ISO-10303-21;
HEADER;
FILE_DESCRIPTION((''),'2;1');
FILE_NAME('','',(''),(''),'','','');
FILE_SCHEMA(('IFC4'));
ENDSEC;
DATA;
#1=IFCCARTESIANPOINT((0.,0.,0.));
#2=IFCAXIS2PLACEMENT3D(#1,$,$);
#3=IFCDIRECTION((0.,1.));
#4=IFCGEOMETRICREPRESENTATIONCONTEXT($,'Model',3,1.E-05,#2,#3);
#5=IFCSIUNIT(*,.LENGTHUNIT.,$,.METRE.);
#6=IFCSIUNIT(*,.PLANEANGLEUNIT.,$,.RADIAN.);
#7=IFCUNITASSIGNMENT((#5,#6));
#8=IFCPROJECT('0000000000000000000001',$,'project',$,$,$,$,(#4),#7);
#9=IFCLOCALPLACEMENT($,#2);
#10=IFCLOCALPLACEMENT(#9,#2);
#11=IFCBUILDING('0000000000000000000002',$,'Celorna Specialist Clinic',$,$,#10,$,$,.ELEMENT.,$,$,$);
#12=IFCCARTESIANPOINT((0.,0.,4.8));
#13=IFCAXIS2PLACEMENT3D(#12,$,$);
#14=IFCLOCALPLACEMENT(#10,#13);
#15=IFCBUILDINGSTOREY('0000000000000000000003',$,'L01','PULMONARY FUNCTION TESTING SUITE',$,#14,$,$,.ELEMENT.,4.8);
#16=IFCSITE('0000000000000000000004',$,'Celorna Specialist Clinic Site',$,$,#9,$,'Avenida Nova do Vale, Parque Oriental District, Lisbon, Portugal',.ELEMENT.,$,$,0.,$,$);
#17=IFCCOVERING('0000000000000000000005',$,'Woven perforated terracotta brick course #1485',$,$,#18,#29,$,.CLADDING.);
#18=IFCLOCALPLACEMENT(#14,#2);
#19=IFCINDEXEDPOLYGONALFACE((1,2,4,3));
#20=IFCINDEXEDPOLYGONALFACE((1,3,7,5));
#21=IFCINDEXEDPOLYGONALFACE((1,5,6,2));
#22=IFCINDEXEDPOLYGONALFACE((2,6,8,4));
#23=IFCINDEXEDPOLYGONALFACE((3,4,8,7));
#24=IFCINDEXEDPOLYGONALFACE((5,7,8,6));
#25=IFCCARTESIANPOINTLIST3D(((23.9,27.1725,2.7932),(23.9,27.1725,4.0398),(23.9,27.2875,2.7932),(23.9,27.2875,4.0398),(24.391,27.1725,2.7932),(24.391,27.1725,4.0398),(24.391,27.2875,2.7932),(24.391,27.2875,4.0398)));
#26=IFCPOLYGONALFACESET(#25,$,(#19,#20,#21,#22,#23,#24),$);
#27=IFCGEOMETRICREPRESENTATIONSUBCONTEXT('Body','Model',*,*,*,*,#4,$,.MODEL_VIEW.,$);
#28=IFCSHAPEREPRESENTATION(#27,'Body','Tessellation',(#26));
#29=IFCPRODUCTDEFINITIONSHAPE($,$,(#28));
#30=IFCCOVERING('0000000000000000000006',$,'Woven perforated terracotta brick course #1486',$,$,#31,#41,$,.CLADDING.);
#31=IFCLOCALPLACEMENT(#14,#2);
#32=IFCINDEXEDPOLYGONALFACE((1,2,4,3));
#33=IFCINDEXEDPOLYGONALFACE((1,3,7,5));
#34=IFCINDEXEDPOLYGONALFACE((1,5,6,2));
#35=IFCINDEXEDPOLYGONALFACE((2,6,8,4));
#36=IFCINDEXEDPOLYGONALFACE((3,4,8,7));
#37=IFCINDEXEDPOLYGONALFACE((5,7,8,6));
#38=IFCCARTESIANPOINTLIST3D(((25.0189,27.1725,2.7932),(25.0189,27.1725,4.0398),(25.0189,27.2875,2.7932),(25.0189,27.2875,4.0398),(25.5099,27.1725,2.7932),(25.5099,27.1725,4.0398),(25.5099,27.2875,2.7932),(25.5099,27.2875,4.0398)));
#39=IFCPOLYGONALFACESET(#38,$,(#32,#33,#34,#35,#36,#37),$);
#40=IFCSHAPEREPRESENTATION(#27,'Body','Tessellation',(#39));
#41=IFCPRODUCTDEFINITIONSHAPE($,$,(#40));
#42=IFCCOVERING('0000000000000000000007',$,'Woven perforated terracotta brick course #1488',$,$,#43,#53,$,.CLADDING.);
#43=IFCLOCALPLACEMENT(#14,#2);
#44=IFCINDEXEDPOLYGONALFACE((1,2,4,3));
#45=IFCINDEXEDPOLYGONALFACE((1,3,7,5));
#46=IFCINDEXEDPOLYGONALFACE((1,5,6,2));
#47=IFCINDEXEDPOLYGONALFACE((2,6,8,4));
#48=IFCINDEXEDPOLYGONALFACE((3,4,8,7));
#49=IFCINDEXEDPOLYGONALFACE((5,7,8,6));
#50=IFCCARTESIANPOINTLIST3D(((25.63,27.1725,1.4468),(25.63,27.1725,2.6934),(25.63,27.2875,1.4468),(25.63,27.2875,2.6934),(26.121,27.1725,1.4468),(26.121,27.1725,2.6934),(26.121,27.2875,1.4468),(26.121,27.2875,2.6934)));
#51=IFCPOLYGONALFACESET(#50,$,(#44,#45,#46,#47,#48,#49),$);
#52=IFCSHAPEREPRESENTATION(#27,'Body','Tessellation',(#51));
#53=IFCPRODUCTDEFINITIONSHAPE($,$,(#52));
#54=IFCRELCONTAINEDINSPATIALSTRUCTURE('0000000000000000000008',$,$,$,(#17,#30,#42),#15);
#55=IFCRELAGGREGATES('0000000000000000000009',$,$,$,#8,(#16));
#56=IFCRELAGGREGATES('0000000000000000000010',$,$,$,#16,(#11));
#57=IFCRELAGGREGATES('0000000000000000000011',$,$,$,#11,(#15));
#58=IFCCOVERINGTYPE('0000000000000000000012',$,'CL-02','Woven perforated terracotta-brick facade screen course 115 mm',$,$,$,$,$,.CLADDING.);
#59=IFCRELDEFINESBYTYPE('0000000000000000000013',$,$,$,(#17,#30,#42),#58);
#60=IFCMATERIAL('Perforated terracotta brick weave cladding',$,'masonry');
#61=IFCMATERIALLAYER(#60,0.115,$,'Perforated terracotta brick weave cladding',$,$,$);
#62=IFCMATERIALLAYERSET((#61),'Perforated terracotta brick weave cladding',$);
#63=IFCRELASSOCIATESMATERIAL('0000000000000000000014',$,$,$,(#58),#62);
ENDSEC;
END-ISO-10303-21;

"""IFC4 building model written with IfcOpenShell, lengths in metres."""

from ifc_helpers import new_model, si_unit, direction, frame, origin, origin_2d, place, context, subcontext, project, spatial, rectangle, extrude, material, layer, layer_set, type_object, element, save


model = new_model("IFC4")

# Units and contexts
model_context = context("Model", 3, precision=1e-05, world=origin(), true_north=direction((0.0, 1.0)))
body_context = subcontext(model_context, "Body", "Model", "MODEL_VIEW")
ifc_project = project(units=[si_unit("LENGTHUNIT", "METRE"), si_unit("PLANEANGLEUNIT", "RADIAN")], contexts=[model_context])

# Site, building, storey
site_placement = place(None, origin())
site = spatial("IfcSite", under=ifc_project, at=site_placement, Name="Celorna Specialist Clinic Site", LongName="Avenida Nova do Vale, Parque Oriental District, Lisbon, Portugal", CompositionType="ELEMENT", RefElevation=0.0)
building_placement = place(site_placement, origin())
building = spatial("IfcBuilding", under=site, at=building_placement, Name="Celorna Specialist Clinic", CompositionType="ELEMENT")
storey_placement = place(building_placement, frame((0.0, 0.0, 4.8)))
storey = spatial("IfcBuildingStorey", under=building, at=storey_placement, Name="L01", Description="PULMONARY FUNCTION TESTING SUITE", CompositionType="ELEMENT", Elevation=4.8)

# Coverings
ifc_material_1 = material(Name="Perforated terracotta brick weave cladding", Category="masonry")
ifc_layer_1 = layer(ifc_material_1, 0.115, Name="Perforated terracotta brick weave cladding")
ifc_layer_set_1 = layer_set([ifc_layer_1], Name="Perforated terracotta brick weave cladding")
covering_type = type_object("IfcCoveringType", Name="CL-02", Description="Woven perforated terracotta-brick facade screen course 115 mm", PredefinedType="CLADDING", material=ifc_layer_set_1)
for number, where, z_axis, x_axis, name in (
    (1, (24.1455, 27.23, 2.7932), (0.0, 0.0, 1.0), (1.0, 0.0, 0.0), "Woven perforated terracotta brick course #1485"),
    (2, (25.2644, 27.23, 2.7932), (0.0, 0.0, 1.0), (1.0, 0.0, 0.0), "Woven perforated terracotta brick course #1486"),
    (3, (25.8755, 27.23, 1.4468), (0.0, 0.0, 1.0), (1.0, 0.0, 0.0), "Woven perforated terracotta brick course #1488"),
):
    element("IfcCovering", number, at=place(storey_placement, frame(where, z_axis=z_axis, x_axis=x_axis)), inside=storey, type_object=covering_type, Name=name, PredefinedType="CLADDING", context=body_context, shape_type="SweptSolid", body=[
        extrude(rectangle(XDim=0.491, YDim=0.115, at=origin_2d()), origin(), (0.0, 0.0, 1.0), 1.2466),
    ])

save(model, "model.ifc")
